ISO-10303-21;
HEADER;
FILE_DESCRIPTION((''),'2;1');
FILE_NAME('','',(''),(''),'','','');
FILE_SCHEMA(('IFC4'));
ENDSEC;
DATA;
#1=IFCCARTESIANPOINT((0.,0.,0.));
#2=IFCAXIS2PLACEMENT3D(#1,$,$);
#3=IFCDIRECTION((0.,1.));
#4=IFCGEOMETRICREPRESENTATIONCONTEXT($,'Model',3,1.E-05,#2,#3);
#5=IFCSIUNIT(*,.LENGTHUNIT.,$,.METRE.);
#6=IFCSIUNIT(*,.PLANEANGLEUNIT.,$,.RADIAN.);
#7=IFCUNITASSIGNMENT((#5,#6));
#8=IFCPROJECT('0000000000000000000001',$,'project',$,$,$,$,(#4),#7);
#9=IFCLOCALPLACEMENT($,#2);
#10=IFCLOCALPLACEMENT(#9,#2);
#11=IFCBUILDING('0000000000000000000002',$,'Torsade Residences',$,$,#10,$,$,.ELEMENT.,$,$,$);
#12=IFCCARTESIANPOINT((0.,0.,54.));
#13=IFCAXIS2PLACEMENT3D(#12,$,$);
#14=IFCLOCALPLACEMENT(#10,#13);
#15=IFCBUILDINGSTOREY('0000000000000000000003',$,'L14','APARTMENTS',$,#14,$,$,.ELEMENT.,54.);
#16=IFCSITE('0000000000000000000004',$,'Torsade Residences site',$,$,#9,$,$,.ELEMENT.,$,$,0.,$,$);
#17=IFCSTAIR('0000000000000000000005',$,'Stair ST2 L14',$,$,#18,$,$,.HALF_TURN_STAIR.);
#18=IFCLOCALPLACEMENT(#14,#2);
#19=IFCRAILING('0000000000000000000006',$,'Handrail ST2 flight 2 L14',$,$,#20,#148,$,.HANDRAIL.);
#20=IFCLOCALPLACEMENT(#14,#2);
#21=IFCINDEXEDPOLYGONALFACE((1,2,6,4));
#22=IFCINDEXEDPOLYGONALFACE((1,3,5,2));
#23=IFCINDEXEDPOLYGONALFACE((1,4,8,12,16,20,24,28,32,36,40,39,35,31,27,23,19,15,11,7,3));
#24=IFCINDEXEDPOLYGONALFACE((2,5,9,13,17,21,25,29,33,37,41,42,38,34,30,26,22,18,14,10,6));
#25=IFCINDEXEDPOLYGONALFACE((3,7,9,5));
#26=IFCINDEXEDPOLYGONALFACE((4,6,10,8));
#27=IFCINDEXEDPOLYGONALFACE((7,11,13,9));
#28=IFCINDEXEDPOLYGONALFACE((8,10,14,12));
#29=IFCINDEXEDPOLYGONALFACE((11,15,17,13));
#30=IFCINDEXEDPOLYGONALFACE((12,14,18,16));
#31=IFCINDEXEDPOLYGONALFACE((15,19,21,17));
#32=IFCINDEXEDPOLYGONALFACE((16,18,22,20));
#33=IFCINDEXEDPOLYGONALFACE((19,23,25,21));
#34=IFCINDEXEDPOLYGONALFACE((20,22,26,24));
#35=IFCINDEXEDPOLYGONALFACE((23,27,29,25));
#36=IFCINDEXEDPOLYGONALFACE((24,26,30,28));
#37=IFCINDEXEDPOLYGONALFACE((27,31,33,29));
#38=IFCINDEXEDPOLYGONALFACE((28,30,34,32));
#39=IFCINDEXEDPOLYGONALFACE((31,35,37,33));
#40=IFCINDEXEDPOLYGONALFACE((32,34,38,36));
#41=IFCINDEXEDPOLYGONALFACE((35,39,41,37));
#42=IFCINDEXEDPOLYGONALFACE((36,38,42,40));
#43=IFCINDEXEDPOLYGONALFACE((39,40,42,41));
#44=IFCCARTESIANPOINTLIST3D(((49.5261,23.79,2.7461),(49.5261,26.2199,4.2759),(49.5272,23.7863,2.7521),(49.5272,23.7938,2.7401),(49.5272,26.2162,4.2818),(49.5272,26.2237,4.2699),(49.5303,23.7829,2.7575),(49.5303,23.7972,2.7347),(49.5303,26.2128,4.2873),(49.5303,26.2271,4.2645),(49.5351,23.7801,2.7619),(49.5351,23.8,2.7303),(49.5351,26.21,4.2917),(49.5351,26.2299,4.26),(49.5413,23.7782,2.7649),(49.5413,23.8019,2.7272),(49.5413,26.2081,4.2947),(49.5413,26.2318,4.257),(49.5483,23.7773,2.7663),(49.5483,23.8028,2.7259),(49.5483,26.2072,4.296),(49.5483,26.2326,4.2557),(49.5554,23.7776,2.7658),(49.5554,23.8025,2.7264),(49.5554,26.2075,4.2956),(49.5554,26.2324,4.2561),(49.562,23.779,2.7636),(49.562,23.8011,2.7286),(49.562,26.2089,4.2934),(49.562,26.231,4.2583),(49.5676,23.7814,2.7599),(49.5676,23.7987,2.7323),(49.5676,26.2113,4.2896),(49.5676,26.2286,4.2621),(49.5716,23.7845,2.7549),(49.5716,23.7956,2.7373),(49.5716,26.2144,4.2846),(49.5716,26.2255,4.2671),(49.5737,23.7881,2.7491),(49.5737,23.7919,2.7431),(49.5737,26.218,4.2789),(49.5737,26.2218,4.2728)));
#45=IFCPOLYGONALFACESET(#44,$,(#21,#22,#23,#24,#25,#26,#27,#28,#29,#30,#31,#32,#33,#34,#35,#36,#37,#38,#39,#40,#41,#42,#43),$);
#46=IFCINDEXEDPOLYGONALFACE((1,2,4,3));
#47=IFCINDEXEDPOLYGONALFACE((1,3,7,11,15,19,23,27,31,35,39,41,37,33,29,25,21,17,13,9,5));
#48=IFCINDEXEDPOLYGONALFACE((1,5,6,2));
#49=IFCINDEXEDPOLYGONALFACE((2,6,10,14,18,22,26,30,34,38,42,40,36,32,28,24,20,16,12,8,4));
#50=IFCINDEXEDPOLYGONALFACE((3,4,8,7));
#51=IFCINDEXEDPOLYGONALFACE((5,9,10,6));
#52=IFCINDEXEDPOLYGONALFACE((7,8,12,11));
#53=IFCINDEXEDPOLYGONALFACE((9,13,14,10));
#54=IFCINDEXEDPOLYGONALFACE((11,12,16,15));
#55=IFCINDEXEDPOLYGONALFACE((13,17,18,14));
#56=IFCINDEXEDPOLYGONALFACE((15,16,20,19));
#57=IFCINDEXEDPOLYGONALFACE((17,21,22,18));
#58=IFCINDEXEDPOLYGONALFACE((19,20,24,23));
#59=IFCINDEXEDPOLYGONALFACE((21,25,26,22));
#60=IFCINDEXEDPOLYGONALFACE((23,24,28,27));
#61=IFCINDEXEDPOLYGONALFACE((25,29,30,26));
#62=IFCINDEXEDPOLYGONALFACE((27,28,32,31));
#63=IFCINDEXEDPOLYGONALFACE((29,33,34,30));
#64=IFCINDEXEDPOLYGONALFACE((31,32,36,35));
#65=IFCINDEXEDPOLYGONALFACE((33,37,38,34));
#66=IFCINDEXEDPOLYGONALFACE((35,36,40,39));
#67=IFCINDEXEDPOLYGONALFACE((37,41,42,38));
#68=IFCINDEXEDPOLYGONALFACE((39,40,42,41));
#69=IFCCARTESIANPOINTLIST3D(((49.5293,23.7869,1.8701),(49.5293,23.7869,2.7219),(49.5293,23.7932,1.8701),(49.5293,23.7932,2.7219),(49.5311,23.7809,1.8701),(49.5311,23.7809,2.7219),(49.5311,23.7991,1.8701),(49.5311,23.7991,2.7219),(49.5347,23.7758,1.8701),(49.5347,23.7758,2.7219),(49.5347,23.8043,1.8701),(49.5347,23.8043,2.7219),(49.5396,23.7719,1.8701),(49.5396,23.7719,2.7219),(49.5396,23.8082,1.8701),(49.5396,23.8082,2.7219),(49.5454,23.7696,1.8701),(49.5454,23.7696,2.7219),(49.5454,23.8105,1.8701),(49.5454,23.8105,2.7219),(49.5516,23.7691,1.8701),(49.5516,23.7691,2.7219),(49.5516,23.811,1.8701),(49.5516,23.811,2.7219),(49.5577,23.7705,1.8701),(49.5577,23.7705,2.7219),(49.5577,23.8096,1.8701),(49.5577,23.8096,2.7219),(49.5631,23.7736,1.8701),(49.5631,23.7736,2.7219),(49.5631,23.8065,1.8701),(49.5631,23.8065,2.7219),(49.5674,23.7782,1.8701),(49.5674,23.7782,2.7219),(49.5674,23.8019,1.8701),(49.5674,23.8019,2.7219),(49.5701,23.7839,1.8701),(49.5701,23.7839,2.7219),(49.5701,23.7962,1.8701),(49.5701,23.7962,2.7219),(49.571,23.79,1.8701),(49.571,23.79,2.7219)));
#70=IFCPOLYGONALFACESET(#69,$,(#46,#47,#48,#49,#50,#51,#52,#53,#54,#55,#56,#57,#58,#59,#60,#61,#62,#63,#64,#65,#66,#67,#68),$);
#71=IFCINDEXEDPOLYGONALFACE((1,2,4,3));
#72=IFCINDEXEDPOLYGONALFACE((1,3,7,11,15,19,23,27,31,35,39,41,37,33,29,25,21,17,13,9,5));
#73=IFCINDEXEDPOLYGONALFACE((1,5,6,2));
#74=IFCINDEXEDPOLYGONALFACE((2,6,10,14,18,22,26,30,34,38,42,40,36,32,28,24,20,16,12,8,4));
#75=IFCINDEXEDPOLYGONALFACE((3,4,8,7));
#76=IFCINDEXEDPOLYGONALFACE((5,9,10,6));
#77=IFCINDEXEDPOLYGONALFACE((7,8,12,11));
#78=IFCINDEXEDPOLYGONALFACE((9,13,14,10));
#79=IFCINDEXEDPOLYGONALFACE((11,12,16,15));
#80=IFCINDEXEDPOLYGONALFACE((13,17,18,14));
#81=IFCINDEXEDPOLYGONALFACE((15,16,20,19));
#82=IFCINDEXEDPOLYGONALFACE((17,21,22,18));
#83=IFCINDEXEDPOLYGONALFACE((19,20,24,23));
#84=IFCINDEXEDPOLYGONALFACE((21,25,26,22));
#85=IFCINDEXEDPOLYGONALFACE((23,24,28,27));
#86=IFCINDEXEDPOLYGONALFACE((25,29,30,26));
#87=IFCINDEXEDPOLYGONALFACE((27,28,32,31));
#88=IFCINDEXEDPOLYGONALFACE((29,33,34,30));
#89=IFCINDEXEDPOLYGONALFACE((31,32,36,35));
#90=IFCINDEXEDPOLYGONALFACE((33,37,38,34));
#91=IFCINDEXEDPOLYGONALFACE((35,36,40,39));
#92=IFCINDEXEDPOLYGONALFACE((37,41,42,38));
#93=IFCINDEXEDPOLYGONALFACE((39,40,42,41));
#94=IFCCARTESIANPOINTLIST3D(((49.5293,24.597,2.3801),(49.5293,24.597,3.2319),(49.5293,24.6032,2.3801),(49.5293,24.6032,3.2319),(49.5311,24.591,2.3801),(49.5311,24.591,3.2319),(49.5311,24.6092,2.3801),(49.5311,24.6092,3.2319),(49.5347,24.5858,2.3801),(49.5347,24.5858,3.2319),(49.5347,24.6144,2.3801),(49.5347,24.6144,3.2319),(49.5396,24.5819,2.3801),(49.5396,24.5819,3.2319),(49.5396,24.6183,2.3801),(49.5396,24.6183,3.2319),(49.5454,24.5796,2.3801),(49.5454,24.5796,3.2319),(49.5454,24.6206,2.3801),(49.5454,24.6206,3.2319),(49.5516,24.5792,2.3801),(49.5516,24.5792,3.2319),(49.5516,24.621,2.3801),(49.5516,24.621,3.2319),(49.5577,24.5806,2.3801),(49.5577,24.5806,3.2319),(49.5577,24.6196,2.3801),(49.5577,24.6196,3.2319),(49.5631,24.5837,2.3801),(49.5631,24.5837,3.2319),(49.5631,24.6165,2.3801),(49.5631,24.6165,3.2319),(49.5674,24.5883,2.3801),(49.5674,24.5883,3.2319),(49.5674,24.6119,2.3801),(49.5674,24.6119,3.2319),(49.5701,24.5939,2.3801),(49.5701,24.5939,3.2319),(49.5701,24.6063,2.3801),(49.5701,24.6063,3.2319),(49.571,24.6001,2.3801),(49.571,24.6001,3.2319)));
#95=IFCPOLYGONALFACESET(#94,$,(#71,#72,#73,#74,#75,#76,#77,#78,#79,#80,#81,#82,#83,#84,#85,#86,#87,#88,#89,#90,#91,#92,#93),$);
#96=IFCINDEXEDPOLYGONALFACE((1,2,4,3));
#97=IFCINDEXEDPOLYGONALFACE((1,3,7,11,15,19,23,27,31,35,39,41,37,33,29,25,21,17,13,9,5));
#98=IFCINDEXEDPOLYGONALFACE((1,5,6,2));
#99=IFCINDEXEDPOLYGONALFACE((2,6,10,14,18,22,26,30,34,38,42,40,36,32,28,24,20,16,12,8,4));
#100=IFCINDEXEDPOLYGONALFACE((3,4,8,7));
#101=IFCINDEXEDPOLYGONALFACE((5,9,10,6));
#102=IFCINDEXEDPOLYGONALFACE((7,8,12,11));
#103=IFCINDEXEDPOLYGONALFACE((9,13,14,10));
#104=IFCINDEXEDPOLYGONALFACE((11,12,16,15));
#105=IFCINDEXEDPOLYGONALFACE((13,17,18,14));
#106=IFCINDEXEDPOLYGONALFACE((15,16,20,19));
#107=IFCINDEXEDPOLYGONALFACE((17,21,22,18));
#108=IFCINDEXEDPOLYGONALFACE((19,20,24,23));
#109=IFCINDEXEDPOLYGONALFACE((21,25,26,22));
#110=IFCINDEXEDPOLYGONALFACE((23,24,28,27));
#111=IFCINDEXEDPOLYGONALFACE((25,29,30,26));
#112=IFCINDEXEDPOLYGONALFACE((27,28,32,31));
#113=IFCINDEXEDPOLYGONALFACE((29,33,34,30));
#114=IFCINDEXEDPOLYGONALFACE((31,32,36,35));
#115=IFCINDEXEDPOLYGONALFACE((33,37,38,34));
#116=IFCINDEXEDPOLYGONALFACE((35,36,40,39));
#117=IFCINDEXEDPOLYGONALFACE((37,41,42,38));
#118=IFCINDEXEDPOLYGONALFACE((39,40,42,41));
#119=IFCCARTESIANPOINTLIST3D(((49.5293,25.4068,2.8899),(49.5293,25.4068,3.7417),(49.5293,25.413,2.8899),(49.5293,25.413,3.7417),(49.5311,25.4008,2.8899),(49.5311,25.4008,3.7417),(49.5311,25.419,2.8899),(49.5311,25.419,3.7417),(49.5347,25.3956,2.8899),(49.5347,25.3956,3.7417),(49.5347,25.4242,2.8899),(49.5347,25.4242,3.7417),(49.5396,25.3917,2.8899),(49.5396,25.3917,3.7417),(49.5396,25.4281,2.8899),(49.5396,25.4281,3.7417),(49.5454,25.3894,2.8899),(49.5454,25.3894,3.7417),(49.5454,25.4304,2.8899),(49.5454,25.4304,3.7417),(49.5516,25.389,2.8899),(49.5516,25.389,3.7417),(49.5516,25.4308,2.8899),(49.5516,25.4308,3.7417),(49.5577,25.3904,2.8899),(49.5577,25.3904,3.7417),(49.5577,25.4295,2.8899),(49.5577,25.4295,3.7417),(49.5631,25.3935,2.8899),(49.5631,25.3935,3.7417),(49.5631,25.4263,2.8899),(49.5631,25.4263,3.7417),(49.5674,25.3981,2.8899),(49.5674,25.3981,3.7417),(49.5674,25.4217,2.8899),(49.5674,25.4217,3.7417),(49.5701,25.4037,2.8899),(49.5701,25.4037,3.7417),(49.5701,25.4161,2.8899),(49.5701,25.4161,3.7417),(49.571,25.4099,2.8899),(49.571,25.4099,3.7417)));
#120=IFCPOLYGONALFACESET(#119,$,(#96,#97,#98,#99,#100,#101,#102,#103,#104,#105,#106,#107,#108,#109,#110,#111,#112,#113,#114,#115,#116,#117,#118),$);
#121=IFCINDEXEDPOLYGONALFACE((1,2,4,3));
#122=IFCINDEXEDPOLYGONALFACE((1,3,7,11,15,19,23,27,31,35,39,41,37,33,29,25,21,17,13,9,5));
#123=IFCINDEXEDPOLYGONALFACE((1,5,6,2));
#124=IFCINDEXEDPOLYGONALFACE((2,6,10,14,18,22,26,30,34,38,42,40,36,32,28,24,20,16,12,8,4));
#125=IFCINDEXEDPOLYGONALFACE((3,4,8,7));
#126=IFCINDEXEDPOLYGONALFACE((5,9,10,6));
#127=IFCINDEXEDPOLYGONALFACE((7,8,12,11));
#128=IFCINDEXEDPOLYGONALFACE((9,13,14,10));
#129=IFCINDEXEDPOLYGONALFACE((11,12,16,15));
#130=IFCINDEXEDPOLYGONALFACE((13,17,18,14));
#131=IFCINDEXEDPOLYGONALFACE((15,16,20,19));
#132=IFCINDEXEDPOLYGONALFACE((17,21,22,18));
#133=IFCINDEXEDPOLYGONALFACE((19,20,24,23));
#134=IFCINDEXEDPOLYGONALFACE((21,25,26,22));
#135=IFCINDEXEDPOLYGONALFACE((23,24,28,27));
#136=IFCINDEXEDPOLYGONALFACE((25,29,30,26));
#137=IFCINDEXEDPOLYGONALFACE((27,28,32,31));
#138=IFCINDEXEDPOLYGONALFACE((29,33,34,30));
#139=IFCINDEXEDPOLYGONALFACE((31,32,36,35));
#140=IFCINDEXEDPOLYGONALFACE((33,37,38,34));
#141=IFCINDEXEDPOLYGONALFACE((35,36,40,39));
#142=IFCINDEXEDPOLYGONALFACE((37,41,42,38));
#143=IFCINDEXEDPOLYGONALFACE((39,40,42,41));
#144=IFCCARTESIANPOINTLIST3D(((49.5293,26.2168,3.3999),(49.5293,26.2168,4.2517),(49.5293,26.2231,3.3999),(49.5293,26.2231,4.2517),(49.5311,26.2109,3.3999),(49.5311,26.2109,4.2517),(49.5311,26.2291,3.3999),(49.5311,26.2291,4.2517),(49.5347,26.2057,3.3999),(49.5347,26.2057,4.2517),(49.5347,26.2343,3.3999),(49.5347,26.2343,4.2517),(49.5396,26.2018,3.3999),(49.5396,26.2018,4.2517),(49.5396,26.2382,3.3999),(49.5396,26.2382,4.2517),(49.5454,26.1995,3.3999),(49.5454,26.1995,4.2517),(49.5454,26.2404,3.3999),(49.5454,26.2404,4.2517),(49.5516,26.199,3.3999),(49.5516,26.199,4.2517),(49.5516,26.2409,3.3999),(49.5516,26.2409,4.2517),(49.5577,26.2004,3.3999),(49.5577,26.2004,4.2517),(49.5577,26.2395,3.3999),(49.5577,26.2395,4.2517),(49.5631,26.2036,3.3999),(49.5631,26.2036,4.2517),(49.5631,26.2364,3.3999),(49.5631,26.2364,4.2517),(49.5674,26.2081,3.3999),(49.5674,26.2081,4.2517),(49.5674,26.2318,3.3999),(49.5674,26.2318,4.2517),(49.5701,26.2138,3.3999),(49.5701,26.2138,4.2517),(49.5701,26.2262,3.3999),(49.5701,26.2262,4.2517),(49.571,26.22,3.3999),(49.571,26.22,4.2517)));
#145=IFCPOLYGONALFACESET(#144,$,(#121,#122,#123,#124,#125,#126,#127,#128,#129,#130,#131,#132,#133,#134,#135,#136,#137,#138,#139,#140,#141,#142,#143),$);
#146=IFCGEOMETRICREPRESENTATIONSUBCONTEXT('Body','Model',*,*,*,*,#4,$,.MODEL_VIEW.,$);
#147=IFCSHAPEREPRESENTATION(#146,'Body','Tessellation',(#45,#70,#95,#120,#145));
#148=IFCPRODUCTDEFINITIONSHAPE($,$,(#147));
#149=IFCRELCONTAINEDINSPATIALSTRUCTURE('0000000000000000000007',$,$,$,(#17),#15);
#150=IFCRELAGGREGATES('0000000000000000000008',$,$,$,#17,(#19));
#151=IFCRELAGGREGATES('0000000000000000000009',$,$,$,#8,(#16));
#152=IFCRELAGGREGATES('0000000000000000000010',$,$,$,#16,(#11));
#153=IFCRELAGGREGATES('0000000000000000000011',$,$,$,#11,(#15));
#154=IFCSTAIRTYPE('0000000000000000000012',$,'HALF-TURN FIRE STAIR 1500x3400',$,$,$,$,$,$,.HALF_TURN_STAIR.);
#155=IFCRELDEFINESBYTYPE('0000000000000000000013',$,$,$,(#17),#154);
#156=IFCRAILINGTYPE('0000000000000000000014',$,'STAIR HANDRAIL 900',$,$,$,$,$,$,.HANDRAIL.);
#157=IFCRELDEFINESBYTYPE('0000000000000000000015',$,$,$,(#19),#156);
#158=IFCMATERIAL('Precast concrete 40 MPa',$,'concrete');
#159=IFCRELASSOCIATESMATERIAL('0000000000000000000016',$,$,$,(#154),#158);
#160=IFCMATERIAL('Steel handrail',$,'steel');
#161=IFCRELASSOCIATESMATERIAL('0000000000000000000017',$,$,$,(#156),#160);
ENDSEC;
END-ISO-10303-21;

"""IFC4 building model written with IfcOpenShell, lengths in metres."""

from ifc_helpers import new_model, si_unit, direction, frame, origin, origin_2d, place, context, subcontext, project, spatial, circle, extrude, material, type_object, element, aggregate, save


model = new_model("IFC4")

# Units and contexts
model_context = context("Model", 3, precision=1e-05, world=origin(), true_north=direction((0.0, 1.0)))
body_context = subcontext(model_context, "Body", "Model", "MODEL_VIEW")
ifc_project = project(units=[si_unit("LENGTHUNIT", "METRE"), si_unit("PLANEANGLEUNIT", "RADIAN")], contexts=[model_context])

# Site, building, storey
site_placement = place(None, origin())
site = spatial("IfcSite", under=ifc_project, at=site_placement, Name="Torsade Residences site", CompositionType="ELEMENT", RefElevation=0.0)
building_placement = place(site_placement, origin())
building = spatial("IfcBuilding", under=site, at=building_placement, Name="Torsade Residences", CompositionType="ELEMENT")
storey_placement = place(building_placement, frame((0.0, 0.0, 54.0)))
storey = spatial("IfcBuildingStorey", under=building, at=storey_placement, Name="L14", Description="APARTMENTS", CompositionType="ELEMENT", Elevation=54.0)

# Stair, railing
ifc_material_1 = material(Name="Precast concrete 40 MPa", Category="concrete")
stair_type = type_object("IfcStairType", Name="HALF-TURN FIRE STAIR 1500x3400", PredefinedType="HALF_TURN_STAIR", material=ifc_material_1)
stair_placement = place(storey_placement, origin())
stair = element("IfcStair", 1, at=stair_placement, inside=storey, type_object=stair_type, Name="Stair ST2 L14", PredefinedType="HALF_TURN_STAIR")
ifc_material_2 = material(Name="Steel handrail", Category="steel")
railing_type = type_object("IfcRailingType", Name="STAIR HANDRAIL 900", PredefinedType="HANDRAIL", material=ifc_material_2)
railing_1_placement = place(storey_placement, frame((49.55, 23.79, 1.8701)))
railing_1 = element("IfcRailing", 2, at=railing_1_placement, type_object=railing_type, Name="Handrail ST2 flight 2 L14", PredefinedType="HANDRAIL", context=body_context, shape_type="SweptSolid", body=[
    extrude(circle(Radius=0.0239, at=origin_2d()), frame((0.0, 0.0, 0.876), z_axis=(0.0, 0.84626, 0.53277), x_axis=(-1.0, 0.0, 0.0)), (0.0, 0.0, 1.0), 2.8713),
    extrude(circle(Radius=0.021, at=origin_2d()), origin(), (0.0, 0.0, 1.0), 0.8518),
    extrude(circle(Radius=0.021, at=origin_2d()), frame((0.0, 0.8101, 0.51)), (0.0, 0.0, 1.0), 0.8518),
    extrude(circle(Radius=0.021, at=origin_2d()), frame((0.0, 1.6199, 1.0198)), (0.0, 0.0, 1.0), 0.8518),
    extrude(circle(Radius=0.021, at=origin_2d()), frame((0.0, 2.4299, 1.5298)), (0.0, 0.0, 1.0), 0.8518),
])
aggregate(stair, [railing_1])

save(model, "model.ifc")
